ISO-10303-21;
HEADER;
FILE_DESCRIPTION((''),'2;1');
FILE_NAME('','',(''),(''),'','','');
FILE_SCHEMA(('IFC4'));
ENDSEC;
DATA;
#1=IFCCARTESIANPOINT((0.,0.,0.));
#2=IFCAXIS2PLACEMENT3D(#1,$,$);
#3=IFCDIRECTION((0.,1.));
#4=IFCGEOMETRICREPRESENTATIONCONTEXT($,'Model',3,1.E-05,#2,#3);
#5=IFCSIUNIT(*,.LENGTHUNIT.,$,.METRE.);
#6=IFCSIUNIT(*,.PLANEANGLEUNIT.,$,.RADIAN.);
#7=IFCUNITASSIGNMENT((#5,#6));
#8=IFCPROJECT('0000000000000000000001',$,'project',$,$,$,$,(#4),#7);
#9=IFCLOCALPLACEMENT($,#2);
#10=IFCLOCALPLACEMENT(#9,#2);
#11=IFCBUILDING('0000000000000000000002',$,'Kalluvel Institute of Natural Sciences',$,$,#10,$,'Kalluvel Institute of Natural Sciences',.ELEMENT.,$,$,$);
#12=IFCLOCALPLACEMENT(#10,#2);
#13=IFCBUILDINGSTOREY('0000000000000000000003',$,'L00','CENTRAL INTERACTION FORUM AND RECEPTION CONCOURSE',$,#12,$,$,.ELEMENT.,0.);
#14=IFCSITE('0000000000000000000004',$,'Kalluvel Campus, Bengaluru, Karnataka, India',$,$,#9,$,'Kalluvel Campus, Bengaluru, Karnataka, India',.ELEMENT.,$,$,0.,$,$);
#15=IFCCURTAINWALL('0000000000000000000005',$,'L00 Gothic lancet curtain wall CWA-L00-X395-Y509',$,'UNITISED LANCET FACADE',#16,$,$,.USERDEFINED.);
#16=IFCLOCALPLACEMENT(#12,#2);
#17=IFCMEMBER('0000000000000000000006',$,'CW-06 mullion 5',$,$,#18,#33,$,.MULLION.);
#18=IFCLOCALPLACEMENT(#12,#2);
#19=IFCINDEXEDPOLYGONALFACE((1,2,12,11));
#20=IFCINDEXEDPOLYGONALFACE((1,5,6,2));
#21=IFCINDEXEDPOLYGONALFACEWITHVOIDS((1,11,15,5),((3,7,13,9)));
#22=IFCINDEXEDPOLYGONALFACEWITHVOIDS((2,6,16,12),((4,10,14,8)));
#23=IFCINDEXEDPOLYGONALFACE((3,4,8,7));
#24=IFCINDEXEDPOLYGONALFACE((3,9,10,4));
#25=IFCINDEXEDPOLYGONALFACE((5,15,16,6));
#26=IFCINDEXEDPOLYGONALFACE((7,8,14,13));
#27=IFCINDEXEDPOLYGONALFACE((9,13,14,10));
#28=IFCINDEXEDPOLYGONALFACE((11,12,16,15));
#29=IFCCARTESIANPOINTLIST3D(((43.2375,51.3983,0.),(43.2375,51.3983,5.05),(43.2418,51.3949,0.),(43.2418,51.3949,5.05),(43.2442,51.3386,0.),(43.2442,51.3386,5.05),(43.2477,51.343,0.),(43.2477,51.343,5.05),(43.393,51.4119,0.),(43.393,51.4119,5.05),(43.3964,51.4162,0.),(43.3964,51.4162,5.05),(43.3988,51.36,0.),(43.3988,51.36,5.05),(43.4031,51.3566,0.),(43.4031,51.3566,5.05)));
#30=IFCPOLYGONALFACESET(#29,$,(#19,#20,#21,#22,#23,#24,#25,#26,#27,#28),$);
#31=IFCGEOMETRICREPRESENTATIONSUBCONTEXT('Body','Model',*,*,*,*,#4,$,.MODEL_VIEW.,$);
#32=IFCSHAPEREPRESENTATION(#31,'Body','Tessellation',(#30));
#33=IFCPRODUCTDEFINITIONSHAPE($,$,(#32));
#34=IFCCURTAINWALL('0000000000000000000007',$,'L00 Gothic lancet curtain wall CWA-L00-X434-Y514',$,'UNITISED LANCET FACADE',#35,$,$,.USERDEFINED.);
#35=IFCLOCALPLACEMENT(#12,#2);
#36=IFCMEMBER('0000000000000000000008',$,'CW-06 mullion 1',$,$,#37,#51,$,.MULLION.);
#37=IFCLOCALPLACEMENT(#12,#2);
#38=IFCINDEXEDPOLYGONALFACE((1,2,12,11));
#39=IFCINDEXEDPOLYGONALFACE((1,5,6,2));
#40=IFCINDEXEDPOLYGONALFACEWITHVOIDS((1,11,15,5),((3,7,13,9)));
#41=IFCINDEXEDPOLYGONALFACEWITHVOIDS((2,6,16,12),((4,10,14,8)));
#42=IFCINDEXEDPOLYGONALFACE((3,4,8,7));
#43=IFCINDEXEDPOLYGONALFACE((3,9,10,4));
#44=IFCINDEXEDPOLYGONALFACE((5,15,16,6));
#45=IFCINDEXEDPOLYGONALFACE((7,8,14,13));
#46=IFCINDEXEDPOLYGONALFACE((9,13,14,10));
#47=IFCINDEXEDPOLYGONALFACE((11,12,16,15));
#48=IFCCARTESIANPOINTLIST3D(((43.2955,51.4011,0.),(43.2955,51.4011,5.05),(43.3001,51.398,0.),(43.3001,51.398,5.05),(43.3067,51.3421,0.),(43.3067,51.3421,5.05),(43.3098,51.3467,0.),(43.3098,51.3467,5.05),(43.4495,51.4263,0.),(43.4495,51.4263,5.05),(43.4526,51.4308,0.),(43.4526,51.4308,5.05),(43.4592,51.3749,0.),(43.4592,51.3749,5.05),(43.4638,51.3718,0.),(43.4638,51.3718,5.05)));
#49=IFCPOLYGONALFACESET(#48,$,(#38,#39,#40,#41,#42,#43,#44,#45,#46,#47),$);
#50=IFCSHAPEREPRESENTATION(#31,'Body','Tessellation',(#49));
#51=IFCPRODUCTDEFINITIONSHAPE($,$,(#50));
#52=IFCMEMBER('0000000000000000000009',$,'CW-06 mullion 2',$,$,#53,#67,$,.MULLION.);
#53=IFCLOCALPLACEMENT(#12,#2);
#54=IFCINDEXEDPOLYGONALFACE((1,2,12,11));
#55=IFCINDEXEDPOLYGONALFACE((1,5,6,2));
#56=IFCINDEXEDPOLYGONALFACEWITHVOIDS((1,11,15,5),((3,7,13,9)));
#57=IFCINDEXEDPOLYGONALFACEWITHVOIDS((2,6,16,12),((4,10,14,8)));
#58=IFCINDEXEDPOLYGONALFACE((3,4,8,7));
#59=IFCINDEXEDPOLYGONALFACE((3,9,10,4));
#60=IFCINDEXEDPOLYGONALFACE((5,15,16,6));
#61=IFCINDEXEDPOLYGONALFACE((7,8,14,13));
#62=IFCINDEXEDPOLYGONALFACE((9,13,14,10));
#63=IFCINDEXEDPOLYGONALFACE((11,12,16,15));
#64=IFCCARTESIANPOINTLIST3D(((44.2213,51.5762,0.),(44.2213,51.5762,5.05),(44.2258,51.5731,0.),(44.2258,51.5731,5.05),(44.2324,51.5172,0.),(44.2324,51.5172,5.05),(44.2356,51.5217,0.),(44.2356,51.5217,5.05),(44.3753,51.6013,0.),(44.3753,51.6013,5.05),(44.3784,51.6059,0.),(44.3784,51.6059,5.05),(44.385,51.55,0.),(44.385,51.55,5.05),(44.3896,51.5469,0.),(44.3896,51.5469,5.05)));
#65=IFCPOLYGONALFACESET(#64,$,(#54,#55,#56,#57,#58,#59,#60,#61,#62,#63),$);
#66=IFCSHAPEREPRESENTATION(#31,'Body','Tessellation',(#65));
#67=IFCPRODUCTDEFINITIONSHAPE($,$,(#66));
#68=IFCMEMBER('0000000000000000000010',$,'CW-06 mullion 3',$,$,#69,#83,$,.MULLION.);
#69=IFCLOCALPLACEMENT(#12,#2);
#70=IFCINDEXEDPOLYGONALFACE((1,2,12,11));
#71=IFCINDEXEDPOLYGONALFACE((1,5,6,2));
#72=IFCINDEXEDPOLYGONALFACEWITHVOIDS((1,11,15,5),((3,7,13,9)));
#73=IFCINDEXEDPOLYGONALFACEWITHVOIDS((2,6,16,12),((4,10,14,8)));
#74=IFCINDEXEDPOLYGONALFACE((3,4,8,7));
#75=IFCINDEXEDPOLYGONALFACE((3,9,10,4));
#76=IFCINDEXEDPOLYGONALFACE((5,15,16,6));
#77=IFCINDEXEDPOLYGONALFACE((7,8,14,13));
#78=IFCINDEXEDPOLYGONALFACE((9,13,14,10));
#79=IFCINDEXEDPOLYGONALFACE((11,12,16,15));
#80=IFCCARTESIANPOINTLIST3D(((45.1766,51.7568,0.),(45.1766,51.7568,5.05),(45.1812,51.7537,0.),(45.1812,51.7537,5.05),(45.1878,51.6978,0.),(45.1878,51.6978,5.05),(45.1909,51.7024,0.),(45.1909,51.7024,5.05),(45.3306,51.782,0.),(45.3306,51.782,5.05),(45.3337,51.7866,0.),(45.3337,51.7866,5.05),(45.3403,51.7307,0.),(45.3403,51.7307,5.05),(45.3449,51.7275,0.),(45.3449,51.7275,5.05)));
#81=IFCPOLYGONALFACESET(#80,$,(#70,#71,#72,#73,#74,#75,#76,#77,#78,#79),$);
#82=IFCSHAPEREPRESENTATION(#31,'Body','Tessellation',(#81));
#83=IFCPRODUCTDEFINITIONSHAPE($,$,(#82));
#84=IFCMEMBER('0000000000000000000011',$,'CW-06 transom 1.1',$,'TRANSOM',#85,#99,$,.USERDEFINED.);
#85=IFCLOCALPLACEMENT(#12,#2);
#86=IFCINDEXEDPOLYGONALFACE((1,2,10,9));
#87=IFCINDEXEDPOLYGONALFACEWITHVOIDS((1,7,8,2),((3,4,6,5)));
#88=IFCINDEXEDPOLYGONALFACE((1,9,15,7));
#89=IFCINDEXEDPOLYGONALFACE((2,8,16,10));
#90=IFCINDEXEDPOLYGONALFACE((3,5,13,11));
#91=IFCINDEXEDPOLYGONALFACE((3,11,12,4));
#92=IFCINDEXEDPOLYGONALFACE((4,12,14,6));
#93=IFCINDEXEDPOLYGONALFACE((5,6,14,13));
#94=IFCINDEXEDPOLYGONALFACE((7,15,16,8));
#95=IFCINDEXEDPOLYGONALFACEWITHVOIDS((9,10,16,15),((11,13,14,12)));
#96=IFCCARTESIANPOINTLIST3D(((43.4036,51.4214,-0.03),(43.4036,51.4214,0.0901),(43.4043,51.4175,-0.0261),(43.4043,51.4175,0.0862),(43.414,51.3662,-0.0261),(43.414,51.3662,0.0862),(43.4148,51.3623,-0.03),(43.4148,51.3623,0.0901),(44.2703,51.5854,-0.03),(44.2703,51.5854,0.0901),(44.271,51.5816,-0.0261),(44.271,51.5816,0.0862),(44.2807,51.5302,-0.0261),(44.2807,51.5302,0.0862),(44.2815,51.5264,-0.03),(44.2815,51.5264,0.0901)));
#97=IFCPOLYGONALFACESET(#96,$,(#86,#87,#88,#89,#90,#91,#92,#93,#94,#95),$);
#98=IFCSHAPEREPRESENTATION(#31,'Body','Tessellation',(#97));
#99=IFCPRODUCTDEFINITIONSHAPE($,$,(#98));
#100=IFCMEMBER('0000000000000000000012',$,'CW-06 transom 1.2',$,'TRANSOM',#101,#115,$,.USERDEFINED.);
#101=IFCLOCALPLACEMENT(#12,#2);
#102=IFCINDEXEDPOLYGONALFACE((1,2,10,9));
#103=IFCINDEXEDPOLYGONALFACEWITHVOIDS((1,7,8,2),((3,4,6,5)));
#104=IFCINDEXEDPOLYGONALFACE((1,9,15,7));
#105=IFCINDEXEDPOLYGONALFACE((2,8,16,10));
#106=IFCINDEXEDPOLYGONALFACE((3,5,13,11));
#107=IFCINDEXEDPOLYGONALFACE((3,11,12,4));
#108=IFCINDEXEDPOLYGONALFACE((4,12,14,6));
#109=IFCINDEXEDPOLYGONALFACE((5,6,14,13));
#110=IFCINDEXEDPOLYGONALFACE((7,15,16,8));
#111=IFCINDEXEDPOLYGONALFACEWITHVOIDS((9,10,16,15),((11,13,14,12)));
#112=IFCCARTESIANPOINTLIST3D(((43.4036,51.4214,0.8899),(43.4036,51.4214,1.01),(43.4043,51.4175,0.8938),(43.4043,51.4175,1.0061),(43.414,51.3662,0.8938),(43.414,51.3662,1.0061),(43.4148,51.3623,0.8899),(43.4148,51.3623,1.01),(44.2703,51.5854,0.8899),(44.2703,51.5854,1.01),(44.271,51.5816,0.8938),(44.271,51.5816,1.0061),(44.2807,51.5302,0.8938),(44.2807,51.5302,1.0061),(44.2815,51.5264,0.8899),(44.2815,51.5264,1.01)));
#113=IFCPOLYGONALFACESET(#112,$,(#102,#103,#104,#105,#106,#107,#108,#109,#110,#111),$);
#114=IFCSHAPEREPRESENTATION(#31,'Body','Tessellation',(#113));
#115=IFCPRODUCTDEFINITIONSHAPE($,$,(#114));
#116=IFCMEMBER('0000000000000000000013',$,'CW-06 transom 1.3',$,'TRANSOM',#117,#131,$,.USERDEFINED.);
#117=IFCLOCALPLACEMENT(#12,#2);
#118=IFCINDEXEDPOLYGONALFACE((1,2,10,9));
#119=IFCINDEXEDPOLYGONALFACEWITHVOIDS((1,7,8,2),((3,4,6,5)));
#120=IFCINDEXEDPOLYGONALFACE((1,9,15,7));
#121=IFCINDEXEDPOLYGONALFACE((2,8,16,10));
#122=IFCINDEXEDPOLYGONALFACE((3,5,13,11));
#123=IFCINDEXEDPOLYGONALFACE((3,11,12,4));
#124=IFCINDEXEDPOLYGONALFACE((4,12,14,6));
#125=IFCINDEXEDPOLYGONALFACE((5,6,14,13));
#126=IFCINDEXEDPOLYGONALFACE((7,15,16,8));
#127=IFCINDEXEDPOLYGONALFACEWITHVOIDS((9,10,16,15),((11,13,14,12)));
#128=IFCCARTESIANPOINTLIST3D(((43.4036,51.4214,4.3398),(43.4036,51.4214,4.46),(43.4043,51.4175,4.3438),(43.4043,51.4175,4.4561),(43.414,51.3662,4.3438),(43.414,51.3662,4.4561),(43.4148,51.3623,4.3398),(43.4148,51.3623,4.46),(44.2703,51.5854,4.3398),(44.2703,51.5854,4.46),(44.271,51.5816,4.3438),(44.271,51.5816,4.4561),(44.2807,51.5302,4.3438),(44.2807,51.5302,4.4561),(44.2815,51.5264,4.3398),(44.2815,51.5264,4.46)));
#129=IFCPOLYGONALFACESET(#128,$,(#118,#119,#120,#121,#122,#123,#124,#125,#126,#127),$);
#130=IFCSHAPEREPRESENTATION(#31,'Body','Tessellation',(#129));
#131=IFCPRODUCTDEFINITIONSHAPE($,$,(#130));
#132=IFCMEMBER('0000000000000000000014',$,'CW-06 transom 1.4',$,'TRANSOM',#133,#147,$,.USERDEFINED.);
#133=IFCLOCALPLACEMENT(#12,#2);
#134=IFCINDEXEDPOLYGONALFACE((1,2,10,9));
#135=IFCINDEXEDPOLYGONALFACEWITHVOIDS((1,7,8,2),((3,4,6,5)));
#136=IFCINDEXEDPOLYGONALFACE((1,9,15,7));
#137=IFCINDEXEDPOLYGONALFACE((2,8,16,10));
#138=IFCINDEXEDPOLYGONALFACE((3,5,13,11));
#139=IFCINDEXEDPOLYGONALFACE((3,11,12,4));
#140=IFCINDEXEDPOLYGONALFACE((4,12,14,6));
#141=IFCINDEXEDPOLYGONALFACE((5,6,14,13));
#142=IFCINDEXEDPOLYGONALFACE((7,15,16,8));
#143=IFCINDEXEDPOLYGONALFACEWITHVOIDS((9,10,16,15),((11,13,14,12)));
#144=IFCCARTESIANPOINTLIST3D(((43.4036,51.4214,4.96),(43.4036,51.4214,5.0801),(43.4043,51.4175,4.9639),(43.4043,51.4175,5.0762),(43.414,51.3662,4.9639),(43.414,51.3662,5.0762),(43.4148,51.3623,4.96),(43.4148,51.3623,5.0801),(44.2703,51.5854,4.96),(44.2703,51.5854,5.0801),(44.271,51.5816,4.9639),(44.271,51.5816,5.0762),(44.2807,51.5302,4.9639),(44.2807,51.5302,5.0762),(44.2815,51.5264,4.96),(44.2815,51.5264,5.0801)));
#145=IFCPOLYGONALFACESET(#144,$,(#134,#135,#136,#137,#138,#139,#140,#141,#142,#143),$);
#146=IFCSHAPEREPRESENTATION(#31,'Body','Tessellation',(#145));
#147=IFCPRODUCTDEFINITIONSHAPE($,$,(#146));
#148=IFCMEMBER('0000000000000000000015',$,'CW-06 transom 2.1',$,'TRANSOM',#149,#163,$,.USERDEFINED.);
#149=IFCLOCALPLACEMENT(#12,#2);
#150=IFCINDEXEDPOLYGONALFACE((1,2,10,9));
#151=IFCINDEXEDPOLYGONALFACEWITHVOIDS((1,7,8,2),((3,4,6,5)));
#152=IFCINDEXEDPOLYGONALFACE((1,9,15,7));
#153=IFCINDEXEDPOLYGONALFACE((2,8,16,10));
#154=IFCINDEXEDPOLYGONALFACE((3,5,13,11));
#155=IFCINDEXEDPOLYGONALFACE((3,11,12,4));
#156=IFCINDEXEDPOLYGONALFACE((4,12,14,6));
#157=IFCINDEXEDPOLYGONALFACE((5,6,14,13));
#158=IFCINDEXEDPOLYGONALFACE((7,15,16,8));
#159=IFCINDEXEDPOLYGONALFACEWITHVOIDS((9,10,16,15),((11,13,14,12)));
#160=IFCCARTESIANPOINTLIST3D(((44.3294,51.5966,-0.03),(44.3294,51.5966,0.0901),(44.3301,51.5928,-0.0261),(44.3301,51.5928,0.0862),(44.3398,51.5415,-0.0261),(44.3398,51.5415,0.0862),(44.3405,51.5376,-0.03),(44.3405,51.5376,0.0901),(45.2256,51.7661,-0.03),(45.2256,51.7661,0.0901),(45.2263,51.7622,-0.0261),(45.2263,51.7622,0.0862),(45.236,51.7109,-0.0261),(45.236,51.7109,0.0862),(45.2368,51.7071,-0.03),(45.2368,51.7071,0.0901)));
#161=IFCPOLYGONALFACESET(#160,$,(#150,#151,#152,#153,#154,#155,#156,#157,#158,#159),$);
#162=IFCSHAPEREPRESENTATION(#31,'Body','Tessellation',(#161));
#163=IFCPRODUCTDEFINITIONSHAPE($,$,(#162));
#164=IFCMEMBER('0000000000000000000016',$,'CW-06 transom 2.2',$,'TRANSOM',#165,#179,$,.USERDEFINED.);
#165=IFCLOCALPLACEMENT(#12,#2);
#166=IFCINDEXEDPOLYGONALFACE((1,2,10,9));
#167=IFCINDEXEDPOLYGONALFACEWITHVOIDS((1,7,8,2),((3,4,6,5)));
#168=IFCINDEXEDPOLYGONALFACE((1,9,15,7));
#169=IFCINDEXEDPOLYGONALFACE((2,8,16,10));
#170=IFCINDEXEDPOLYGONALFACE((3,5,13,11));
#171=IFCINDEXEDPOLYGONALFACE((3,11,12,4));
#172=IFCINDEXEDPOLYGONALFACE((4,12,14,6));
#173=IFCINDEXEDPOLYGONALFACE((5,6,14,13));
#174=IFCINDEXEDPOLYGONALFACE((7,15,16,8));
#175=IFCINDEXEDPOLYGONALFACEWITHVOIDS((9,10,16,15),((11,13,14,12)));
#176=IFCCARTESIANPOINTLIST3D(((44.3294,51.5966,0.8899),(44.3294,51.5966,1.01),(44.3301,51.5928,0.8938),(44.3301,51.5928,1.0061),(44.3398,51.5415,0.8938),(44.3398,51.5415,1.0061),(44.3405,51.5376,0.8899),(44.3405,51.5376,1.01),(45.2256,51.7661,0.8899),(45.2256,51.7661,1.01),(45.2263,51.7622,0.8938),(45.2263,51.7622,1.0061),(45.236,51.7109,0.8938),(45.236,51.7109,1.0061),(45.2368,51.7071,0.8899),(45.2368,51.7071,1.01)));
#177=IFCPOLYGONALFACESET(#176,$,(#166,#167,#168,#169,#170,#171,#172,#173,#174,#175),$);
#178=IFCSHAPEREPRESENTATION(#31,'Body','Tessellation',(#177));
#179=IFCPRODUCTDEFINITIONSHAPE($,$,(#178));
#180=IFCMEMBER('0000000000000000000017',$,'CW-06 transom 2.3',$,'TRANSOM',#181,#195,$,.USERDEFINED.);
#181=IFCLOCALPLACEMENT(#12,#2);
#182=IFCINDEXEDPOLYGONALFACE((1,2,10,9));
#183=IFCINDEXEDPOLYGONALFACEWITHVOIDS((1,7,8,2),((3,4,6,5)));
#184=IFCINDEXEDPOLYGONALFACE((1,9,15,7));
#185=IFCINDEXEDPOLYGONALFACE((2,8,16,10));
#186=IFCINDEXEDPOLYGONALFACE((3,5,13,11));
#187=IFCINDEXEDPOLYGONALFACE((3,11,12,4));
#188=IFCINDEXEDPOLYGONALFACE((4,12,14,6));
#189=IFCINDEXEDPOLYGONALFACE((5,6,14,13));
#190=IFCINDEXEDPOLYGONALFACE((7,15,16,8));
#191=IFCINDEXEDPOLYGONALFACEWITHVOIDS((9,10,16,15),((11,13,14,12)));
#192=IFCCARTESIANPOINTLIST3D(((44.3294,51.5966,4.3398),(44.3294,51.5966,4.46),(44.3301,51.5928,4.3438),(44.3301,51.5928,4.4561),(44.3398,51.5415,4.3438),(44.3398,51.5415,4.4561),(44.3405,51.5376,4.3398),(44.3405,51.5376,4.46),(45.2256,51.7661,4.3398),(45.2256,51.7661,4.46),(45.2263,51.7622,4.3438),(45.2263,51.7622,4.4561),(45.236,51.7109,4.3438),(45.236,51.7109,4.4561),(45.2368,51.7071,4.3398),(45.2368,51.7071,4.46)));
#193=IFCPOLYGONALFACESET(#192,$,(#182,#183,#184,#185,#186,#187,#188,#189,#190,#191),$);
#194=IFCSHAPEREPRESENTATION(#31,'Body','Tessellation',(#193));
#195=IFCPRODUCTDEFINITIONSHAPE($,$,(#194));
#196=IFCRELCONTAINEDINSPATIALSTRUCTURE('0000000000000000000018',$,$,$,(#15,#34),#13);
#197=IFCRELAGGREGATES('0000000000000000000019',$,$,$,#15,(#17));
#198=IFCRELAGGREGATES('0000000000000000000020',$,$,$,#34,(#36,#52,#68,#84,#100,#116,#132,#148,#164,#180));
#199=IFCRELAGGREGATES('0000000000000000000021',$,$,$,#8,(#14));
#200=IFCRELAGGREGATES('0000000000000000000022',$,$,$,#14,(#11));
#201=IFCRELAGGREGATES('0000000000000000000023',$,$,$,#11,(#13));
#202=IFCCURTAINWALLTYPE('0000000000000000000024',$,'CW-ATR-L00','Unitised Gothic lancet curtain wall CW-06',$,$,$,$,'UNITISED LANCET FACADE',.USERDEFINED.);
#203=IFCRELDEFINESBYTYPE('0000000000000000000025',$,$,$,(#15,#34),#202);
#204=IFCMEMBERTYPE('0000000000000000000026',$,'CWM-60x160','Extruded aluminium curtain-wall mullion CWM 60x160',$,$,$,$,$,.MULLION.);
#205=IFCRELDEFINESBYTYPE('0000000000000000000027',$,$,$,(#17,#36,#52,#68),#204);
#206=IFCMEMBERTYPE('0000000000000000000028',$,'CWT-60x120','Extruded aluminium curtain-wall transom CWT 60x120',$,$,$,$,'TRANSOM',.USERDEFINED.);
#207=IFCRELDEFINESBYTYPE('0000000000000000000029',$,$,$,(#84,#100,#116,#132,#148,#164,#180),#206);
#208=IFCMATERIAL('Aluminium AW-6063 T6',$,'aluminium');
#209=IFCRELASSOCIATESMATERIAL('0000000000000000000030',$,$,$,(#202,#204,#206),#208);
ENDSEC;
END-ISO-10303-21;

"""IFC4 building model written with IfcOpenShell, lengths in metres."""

from ifc_helpers import new_model, si_unit, direction, frame, origin, origin_2d, place, context, subcontext, project, spatial, hollow_rectangle, extrude, material, material_profile, profile_set, type_object, element, aggregate, save


model = new_model("IFC4")

# Units and contexts
model_context = context("Model", 3, precision=1e-05, world=origin(), true_north=direction((0.0, 1.0)))
body_context = subcontext(model_context, "Body", "Model", "MODEL_VIEW")
ifc_project = project(units=[si_unit("LENGTHUNIT", "METRE"), si_unit("PLANEANGLEUNIT", "RADIAN")], contexts=[model_context])

# Site, building, storey
site_placement = place(None, origin())
site = spatial("IfcSite", under=ifc_project, at=site_placement, Name="Kalluvel Campus, Bengaluru, Karnataka, India", LongName="Kalluvel Campus, Bengaluru, Karnataka, India", CompositionType="ELEMENT", RefElevation=0.0)
building_placement = place(site_placement, origin())
building = spatial("IfcBuilding", under=site, at=building_placement, Name="Kalluvel Institute of Natural Sciences", LongName="Kalluvel Institute of Natural Sciences", CompositionType="ELEMENT")
storey_placement = place(building_placement, origin())
storey = spatial("IfcBuildingStorey", under=building, at=storey_placement, Name="L00", Description="CENTRAL INTERACTION FORUM AND RECEPTION CONCOURSE", CompositionType="ELEMENT", Elevation=0.0)

# Curtain wall, member
ifc_material_1 = material(Name="Aluminium AW-6063 T6", Category="aluminium")
curtain_wall_type = type_object("IfcCurtainWallType", Name="CW-ATR-L00", Description="Unitised Gothic lancet curtain wall CW-06", ElementType="UNITISED LANCET FACADE", PredefinedType="USERDEFINED", material=ifc_material_1)
curtain_wall_1_placement = place(storey_placement, origin())
curtain_wall_1 = element("IfcCurtainWall", 1, at=curtain_wall_1_placement, inside=storey, type_object=curtain_wall_type, Name="L00 Gothic lancet curtain wall CWA-L00-X395-Y509", ObjectType="UNITISED LANCET FACADE", PredefinedType="USERDEFINED")
ifc_material_profile_1 = material_profile(ifc_material_1, hollow_rectangle(XDim=0.0601, YDim=0.1599, WallThickness=0.0039, at=origin_2d()), Name="CWM 60x160")
ifc_profile_set_1 = profile_set([ifc_material_profile_1], Name="Aluminium AW-6063 T6")
member_type_1 = type_object("IfcMemberType", Name="CWM-60x160", Description="Extruded aluminium curtain-wall mullion CWM 60x160", PredefinedType="MULLION", material=ifc_profile_set_1)
member_1_placement = place(storey_placement, frame((43.3203, 51.3774, 0.0), z_axis=(0.0, 0.0, 1.0), x_axis=(-0.111967, 0.993712, 0.0)))
member_1 = element("IfcMember", 2, at=member_1_placement, type_object=member_type_1, Name="CW-06 mullion 5", PredefinedType="MULLION", context=body_context, shape_type="SweptSolid", body=[
    extrude(hollow_rectangle(XDim=0.0601, YDim=0.1599, WallThickness=0.0039, at=origin_2d()), origin(), (0.0, 0.0, 1.0), 5.05),
])
aggregate(curtain_wall_1, [member_1])

# Curtain wall, members
curtain_wall_2_placement = place(storey_placement, origin())
curtain_wall_2 = element("IfcCurtainWall", 3, at=curtain_wall_2_placement, inside=storey, type_object=curtain_wall_type, Name="L00 Gothic lancet curtain wall CWA-L00-X434-Y514", ObjectType="UNITISED LANCET FACADE", PredefinedType="USERDEFINED")
member_2_placement = place(storey_placement, frame((43.3796, 51.3865, 0.0), z_axis=(0.0, 0.0, 1.0), x_axis=(-0.185898, 0.982569, 0.0)))
member_2 = element("IfcMember", 4, at=member_2_placement, type_object=member_type_1, Name="CW-06 mullion 1", PredefinedType="MULLION", context=body_context, shape_type="SweptSolid", body=[
    extrude(hollow_rectangle(XDim=0.0601, YDim=0.1599, WallThickness=0.0039, at=origin_2d()), origin(), (0.0, 0.0, 1.0), 5.05),
])
member_3_placement = place(storey_placement, frame((44.3054, 51.5615, 0.0), z_axis=(0.0, 0.0, 1.0), x_axis=(-0.185898, 0.982569, 0.0)))
member_3 = element("IfcMember", 5, at=member_3_placement, type_object=member_type_1, Name="CW-06 mullion 2", PredefinedType="MULLION", context=body_context, shape_type="SweptSolid", body=[
    extrude(hollow_rectangle(XDim=0.0601, YDim=0.1599, WallThickness=0.0039, at=origin_2d()), origin(), (0.0, 0.0, 1.0), 5.05),
])
member_4_placement = place(storey_placement, frame((45.2607, 51.7422, 0.0), z_axis=(0.0, 0.0, 1.0), x_axis=(-0.185898, 0.982569, 0.0)))
member_4 = element("IfcMember", 6, at=member_4_placement, type_object=member_type_1, Name="CW-06 mullion 3", PredefinedType="MULLION", context=body_context, shape_type="SweptSolid", body=[
    extrude(hollow_rectangle(XDim=0.0601, YDim=0.1599, WallThickness=0.0039, at=origin_2d()), origin(), (0.0, 0.0, 1.0), 5.05),
])
ifc_material_profile_2 = material_profile(ifc_material_1, hollow_rectangle(XDim=0.0601, YDim=0.1201, WallThickness=0.0039, at=origin_2d()), Name="CWT 60x120")
ifc_profile_set_2 = profile_set([ifc_material_profile_2], Name="Aluminium AW-6063 T6")
member_type_2 = type_object("IfcMemberType", Name="CWT-60x120", Description="Extruded aluminium curtain-wall transom CWT 60x120", ElementType="TRANSOM", PredefinedType="USERDEFINED", material=ifc_profile_set_2)
member_5_placement = place(storey_placement, frame((43.4092, 51.3918, 0.03), z_axis=(0.982551, 0.185993, 0.0), x_axis=(-0.185993, 0.982551, 0.0)))
member_5 = element("IfcMember", 7, at=member_5_placement, type_object=member_type_2, Name="CW-06 transom 1.1", ObjectType="TRANSOM", PredefinedType="USERDEFINED", context=body_context, shape_type="SweptSolid", body=[
    extrude(hollow_rectangle(XDim=0.0601, YDim=0.1201, WallThickness=0.0039, at=origin_2d()), origin(), (0.0, 0.0, 1.0), 0.8821),
])
member_6_placement = place(storey_placement, frame((43.4092, 51.3918, 0.95), z_axis=(0.982551, 0.185993, 0.0), x_axis=(-0.185993, 0.982551, 0.0)))
member_6 = element("IfcMember", 8, at=member_6_placement, type_object=member_type_2, Name="CW-06 transom 1.2", ObjectType="TRANSOM", PredefinedType="USERDEFINED", context=body_context, shape_type="SweptSolid", body=[
    extrude(hollow_rectangle(XDim=0.0601, YDim=0.1201, WallThickness=0.0039, at=origin_2d()), origin(), (0.0, 0.0, 1.0), 0.8821),
])
member_7_placement = place(storey_placement, frame((43.4092, 51.3918, 4.3999), z_axis=(0.982551, 0.185993, 0.0), x_axis=(-0.185993, 0.982551, 0.0)))
member_7 = element("IfcMember", 9, at=member_7_placement, type_object=member_type_2, Name="CW-06 transom 1.3", ObjectType="TRANSOM", PredefinedType="USERDEFINED", context=body_context, shape_type="SweptSolid", body=[
    extrude(hollow_rectangle(XDim=0.0601, YDim=0.1201, WallThickness=0.0039, at=origin_2d()), origin(), (0.0, 0.0, 1.0), 0.8821),
])
member_8_placement = place(storey_placement, frame((43.4092, 51.3918, 5.02), z_axis=(0.982551, 0.185993, 0.0), x_axis=(-0.185993, 0.982551, 0.0)))
member_8 = element("IfcMember", 10, at=member_8_placement, type_object=member_type_2, Name="CW-06 transom 1.4", ObjectType="TRANSOM", PredefinedType="USERDEFINED", context=body_context, shape_type="SweptSolid", body=[
    extrude(hollow_rectangle(XDim=0.0601, YDim=0.1201, WallThickness=0.0039, at=origin_2d()), origin(), (0.0, 0.0, 1.0), 0.8821),
])
member_9_placement = place(storey_placement, frame((44.335, 51.5671, 0.03), z_axis=(0.982595, 0.185759, 0.0), x_axis=(-0.185759, 0.982595, 0.0)))
member_9 = element("IfcMember", 11, at=member_9_placement, type_object=member_type_2, Name="CW-06 transom 2.1", ObjectType="TRANSOM", PredefinedType="USERDEFINED", context=body_context, shape_type="SweptSolid", body=[
    extrude(hollow_rectangle(XDim=0.0601, YDim=0.1201, WallThickness=0.0039, at=origin_2d()), origin(), (0.0, 0.0, 1.0), 0.9121),
])
member_10_placement = place(storey_placement, frame((44.335, 51.5671, 0.95), z_axis=(0.982595, 0.185759, 0.0), x_axis=(-0.185759, 0.982595, 0.0)))
member_10 = element("IfcMember", 12, at=member_10_placement, type_object=member_type_2, Name="CW-06 transom 2.2", ObjectType="TRANSOM", PredefinedType="USERDEFINED", context=body_context, shape_type="SweptSolid", body=[
    extrude(hollow_rectangle(XDim=0.0601, YDim=0.1201, WallThickness=0.0039, at=origin_2d()), origin(), (0.0, 0.0, 1.0), 0.9121),
])
member_11_placement = place(storey_placement, frame((44.335, 51.5671, 4.3999), z_axis=(0.982595, 0.185759, 0.0), x_axis=(-0.185759, 0.982595, 0.0)))
member_11 = element("IfcMember", 13, at=member_11_placement, type_object=member_type_2, Name="CW-06 transom 2.3", ObjectType="TRANSOM", PredefinedType="USERDEFINED", context=body_context, shape_type="SweptSolid", body=[
    extrude(hollow_rectangle(XDim=0.0601, YDim=0.1201, WallThickness=0.0039, at=origin_2d()), origin(), (0.0, 0.0, 1.0), 0.9121),
])
aggregate(curtain_wall_2, [member_2, member_3, member_4, member_5, member_6, member_7, member_8, member_9, member_10, member_11])

save(model, "model.ifc")
